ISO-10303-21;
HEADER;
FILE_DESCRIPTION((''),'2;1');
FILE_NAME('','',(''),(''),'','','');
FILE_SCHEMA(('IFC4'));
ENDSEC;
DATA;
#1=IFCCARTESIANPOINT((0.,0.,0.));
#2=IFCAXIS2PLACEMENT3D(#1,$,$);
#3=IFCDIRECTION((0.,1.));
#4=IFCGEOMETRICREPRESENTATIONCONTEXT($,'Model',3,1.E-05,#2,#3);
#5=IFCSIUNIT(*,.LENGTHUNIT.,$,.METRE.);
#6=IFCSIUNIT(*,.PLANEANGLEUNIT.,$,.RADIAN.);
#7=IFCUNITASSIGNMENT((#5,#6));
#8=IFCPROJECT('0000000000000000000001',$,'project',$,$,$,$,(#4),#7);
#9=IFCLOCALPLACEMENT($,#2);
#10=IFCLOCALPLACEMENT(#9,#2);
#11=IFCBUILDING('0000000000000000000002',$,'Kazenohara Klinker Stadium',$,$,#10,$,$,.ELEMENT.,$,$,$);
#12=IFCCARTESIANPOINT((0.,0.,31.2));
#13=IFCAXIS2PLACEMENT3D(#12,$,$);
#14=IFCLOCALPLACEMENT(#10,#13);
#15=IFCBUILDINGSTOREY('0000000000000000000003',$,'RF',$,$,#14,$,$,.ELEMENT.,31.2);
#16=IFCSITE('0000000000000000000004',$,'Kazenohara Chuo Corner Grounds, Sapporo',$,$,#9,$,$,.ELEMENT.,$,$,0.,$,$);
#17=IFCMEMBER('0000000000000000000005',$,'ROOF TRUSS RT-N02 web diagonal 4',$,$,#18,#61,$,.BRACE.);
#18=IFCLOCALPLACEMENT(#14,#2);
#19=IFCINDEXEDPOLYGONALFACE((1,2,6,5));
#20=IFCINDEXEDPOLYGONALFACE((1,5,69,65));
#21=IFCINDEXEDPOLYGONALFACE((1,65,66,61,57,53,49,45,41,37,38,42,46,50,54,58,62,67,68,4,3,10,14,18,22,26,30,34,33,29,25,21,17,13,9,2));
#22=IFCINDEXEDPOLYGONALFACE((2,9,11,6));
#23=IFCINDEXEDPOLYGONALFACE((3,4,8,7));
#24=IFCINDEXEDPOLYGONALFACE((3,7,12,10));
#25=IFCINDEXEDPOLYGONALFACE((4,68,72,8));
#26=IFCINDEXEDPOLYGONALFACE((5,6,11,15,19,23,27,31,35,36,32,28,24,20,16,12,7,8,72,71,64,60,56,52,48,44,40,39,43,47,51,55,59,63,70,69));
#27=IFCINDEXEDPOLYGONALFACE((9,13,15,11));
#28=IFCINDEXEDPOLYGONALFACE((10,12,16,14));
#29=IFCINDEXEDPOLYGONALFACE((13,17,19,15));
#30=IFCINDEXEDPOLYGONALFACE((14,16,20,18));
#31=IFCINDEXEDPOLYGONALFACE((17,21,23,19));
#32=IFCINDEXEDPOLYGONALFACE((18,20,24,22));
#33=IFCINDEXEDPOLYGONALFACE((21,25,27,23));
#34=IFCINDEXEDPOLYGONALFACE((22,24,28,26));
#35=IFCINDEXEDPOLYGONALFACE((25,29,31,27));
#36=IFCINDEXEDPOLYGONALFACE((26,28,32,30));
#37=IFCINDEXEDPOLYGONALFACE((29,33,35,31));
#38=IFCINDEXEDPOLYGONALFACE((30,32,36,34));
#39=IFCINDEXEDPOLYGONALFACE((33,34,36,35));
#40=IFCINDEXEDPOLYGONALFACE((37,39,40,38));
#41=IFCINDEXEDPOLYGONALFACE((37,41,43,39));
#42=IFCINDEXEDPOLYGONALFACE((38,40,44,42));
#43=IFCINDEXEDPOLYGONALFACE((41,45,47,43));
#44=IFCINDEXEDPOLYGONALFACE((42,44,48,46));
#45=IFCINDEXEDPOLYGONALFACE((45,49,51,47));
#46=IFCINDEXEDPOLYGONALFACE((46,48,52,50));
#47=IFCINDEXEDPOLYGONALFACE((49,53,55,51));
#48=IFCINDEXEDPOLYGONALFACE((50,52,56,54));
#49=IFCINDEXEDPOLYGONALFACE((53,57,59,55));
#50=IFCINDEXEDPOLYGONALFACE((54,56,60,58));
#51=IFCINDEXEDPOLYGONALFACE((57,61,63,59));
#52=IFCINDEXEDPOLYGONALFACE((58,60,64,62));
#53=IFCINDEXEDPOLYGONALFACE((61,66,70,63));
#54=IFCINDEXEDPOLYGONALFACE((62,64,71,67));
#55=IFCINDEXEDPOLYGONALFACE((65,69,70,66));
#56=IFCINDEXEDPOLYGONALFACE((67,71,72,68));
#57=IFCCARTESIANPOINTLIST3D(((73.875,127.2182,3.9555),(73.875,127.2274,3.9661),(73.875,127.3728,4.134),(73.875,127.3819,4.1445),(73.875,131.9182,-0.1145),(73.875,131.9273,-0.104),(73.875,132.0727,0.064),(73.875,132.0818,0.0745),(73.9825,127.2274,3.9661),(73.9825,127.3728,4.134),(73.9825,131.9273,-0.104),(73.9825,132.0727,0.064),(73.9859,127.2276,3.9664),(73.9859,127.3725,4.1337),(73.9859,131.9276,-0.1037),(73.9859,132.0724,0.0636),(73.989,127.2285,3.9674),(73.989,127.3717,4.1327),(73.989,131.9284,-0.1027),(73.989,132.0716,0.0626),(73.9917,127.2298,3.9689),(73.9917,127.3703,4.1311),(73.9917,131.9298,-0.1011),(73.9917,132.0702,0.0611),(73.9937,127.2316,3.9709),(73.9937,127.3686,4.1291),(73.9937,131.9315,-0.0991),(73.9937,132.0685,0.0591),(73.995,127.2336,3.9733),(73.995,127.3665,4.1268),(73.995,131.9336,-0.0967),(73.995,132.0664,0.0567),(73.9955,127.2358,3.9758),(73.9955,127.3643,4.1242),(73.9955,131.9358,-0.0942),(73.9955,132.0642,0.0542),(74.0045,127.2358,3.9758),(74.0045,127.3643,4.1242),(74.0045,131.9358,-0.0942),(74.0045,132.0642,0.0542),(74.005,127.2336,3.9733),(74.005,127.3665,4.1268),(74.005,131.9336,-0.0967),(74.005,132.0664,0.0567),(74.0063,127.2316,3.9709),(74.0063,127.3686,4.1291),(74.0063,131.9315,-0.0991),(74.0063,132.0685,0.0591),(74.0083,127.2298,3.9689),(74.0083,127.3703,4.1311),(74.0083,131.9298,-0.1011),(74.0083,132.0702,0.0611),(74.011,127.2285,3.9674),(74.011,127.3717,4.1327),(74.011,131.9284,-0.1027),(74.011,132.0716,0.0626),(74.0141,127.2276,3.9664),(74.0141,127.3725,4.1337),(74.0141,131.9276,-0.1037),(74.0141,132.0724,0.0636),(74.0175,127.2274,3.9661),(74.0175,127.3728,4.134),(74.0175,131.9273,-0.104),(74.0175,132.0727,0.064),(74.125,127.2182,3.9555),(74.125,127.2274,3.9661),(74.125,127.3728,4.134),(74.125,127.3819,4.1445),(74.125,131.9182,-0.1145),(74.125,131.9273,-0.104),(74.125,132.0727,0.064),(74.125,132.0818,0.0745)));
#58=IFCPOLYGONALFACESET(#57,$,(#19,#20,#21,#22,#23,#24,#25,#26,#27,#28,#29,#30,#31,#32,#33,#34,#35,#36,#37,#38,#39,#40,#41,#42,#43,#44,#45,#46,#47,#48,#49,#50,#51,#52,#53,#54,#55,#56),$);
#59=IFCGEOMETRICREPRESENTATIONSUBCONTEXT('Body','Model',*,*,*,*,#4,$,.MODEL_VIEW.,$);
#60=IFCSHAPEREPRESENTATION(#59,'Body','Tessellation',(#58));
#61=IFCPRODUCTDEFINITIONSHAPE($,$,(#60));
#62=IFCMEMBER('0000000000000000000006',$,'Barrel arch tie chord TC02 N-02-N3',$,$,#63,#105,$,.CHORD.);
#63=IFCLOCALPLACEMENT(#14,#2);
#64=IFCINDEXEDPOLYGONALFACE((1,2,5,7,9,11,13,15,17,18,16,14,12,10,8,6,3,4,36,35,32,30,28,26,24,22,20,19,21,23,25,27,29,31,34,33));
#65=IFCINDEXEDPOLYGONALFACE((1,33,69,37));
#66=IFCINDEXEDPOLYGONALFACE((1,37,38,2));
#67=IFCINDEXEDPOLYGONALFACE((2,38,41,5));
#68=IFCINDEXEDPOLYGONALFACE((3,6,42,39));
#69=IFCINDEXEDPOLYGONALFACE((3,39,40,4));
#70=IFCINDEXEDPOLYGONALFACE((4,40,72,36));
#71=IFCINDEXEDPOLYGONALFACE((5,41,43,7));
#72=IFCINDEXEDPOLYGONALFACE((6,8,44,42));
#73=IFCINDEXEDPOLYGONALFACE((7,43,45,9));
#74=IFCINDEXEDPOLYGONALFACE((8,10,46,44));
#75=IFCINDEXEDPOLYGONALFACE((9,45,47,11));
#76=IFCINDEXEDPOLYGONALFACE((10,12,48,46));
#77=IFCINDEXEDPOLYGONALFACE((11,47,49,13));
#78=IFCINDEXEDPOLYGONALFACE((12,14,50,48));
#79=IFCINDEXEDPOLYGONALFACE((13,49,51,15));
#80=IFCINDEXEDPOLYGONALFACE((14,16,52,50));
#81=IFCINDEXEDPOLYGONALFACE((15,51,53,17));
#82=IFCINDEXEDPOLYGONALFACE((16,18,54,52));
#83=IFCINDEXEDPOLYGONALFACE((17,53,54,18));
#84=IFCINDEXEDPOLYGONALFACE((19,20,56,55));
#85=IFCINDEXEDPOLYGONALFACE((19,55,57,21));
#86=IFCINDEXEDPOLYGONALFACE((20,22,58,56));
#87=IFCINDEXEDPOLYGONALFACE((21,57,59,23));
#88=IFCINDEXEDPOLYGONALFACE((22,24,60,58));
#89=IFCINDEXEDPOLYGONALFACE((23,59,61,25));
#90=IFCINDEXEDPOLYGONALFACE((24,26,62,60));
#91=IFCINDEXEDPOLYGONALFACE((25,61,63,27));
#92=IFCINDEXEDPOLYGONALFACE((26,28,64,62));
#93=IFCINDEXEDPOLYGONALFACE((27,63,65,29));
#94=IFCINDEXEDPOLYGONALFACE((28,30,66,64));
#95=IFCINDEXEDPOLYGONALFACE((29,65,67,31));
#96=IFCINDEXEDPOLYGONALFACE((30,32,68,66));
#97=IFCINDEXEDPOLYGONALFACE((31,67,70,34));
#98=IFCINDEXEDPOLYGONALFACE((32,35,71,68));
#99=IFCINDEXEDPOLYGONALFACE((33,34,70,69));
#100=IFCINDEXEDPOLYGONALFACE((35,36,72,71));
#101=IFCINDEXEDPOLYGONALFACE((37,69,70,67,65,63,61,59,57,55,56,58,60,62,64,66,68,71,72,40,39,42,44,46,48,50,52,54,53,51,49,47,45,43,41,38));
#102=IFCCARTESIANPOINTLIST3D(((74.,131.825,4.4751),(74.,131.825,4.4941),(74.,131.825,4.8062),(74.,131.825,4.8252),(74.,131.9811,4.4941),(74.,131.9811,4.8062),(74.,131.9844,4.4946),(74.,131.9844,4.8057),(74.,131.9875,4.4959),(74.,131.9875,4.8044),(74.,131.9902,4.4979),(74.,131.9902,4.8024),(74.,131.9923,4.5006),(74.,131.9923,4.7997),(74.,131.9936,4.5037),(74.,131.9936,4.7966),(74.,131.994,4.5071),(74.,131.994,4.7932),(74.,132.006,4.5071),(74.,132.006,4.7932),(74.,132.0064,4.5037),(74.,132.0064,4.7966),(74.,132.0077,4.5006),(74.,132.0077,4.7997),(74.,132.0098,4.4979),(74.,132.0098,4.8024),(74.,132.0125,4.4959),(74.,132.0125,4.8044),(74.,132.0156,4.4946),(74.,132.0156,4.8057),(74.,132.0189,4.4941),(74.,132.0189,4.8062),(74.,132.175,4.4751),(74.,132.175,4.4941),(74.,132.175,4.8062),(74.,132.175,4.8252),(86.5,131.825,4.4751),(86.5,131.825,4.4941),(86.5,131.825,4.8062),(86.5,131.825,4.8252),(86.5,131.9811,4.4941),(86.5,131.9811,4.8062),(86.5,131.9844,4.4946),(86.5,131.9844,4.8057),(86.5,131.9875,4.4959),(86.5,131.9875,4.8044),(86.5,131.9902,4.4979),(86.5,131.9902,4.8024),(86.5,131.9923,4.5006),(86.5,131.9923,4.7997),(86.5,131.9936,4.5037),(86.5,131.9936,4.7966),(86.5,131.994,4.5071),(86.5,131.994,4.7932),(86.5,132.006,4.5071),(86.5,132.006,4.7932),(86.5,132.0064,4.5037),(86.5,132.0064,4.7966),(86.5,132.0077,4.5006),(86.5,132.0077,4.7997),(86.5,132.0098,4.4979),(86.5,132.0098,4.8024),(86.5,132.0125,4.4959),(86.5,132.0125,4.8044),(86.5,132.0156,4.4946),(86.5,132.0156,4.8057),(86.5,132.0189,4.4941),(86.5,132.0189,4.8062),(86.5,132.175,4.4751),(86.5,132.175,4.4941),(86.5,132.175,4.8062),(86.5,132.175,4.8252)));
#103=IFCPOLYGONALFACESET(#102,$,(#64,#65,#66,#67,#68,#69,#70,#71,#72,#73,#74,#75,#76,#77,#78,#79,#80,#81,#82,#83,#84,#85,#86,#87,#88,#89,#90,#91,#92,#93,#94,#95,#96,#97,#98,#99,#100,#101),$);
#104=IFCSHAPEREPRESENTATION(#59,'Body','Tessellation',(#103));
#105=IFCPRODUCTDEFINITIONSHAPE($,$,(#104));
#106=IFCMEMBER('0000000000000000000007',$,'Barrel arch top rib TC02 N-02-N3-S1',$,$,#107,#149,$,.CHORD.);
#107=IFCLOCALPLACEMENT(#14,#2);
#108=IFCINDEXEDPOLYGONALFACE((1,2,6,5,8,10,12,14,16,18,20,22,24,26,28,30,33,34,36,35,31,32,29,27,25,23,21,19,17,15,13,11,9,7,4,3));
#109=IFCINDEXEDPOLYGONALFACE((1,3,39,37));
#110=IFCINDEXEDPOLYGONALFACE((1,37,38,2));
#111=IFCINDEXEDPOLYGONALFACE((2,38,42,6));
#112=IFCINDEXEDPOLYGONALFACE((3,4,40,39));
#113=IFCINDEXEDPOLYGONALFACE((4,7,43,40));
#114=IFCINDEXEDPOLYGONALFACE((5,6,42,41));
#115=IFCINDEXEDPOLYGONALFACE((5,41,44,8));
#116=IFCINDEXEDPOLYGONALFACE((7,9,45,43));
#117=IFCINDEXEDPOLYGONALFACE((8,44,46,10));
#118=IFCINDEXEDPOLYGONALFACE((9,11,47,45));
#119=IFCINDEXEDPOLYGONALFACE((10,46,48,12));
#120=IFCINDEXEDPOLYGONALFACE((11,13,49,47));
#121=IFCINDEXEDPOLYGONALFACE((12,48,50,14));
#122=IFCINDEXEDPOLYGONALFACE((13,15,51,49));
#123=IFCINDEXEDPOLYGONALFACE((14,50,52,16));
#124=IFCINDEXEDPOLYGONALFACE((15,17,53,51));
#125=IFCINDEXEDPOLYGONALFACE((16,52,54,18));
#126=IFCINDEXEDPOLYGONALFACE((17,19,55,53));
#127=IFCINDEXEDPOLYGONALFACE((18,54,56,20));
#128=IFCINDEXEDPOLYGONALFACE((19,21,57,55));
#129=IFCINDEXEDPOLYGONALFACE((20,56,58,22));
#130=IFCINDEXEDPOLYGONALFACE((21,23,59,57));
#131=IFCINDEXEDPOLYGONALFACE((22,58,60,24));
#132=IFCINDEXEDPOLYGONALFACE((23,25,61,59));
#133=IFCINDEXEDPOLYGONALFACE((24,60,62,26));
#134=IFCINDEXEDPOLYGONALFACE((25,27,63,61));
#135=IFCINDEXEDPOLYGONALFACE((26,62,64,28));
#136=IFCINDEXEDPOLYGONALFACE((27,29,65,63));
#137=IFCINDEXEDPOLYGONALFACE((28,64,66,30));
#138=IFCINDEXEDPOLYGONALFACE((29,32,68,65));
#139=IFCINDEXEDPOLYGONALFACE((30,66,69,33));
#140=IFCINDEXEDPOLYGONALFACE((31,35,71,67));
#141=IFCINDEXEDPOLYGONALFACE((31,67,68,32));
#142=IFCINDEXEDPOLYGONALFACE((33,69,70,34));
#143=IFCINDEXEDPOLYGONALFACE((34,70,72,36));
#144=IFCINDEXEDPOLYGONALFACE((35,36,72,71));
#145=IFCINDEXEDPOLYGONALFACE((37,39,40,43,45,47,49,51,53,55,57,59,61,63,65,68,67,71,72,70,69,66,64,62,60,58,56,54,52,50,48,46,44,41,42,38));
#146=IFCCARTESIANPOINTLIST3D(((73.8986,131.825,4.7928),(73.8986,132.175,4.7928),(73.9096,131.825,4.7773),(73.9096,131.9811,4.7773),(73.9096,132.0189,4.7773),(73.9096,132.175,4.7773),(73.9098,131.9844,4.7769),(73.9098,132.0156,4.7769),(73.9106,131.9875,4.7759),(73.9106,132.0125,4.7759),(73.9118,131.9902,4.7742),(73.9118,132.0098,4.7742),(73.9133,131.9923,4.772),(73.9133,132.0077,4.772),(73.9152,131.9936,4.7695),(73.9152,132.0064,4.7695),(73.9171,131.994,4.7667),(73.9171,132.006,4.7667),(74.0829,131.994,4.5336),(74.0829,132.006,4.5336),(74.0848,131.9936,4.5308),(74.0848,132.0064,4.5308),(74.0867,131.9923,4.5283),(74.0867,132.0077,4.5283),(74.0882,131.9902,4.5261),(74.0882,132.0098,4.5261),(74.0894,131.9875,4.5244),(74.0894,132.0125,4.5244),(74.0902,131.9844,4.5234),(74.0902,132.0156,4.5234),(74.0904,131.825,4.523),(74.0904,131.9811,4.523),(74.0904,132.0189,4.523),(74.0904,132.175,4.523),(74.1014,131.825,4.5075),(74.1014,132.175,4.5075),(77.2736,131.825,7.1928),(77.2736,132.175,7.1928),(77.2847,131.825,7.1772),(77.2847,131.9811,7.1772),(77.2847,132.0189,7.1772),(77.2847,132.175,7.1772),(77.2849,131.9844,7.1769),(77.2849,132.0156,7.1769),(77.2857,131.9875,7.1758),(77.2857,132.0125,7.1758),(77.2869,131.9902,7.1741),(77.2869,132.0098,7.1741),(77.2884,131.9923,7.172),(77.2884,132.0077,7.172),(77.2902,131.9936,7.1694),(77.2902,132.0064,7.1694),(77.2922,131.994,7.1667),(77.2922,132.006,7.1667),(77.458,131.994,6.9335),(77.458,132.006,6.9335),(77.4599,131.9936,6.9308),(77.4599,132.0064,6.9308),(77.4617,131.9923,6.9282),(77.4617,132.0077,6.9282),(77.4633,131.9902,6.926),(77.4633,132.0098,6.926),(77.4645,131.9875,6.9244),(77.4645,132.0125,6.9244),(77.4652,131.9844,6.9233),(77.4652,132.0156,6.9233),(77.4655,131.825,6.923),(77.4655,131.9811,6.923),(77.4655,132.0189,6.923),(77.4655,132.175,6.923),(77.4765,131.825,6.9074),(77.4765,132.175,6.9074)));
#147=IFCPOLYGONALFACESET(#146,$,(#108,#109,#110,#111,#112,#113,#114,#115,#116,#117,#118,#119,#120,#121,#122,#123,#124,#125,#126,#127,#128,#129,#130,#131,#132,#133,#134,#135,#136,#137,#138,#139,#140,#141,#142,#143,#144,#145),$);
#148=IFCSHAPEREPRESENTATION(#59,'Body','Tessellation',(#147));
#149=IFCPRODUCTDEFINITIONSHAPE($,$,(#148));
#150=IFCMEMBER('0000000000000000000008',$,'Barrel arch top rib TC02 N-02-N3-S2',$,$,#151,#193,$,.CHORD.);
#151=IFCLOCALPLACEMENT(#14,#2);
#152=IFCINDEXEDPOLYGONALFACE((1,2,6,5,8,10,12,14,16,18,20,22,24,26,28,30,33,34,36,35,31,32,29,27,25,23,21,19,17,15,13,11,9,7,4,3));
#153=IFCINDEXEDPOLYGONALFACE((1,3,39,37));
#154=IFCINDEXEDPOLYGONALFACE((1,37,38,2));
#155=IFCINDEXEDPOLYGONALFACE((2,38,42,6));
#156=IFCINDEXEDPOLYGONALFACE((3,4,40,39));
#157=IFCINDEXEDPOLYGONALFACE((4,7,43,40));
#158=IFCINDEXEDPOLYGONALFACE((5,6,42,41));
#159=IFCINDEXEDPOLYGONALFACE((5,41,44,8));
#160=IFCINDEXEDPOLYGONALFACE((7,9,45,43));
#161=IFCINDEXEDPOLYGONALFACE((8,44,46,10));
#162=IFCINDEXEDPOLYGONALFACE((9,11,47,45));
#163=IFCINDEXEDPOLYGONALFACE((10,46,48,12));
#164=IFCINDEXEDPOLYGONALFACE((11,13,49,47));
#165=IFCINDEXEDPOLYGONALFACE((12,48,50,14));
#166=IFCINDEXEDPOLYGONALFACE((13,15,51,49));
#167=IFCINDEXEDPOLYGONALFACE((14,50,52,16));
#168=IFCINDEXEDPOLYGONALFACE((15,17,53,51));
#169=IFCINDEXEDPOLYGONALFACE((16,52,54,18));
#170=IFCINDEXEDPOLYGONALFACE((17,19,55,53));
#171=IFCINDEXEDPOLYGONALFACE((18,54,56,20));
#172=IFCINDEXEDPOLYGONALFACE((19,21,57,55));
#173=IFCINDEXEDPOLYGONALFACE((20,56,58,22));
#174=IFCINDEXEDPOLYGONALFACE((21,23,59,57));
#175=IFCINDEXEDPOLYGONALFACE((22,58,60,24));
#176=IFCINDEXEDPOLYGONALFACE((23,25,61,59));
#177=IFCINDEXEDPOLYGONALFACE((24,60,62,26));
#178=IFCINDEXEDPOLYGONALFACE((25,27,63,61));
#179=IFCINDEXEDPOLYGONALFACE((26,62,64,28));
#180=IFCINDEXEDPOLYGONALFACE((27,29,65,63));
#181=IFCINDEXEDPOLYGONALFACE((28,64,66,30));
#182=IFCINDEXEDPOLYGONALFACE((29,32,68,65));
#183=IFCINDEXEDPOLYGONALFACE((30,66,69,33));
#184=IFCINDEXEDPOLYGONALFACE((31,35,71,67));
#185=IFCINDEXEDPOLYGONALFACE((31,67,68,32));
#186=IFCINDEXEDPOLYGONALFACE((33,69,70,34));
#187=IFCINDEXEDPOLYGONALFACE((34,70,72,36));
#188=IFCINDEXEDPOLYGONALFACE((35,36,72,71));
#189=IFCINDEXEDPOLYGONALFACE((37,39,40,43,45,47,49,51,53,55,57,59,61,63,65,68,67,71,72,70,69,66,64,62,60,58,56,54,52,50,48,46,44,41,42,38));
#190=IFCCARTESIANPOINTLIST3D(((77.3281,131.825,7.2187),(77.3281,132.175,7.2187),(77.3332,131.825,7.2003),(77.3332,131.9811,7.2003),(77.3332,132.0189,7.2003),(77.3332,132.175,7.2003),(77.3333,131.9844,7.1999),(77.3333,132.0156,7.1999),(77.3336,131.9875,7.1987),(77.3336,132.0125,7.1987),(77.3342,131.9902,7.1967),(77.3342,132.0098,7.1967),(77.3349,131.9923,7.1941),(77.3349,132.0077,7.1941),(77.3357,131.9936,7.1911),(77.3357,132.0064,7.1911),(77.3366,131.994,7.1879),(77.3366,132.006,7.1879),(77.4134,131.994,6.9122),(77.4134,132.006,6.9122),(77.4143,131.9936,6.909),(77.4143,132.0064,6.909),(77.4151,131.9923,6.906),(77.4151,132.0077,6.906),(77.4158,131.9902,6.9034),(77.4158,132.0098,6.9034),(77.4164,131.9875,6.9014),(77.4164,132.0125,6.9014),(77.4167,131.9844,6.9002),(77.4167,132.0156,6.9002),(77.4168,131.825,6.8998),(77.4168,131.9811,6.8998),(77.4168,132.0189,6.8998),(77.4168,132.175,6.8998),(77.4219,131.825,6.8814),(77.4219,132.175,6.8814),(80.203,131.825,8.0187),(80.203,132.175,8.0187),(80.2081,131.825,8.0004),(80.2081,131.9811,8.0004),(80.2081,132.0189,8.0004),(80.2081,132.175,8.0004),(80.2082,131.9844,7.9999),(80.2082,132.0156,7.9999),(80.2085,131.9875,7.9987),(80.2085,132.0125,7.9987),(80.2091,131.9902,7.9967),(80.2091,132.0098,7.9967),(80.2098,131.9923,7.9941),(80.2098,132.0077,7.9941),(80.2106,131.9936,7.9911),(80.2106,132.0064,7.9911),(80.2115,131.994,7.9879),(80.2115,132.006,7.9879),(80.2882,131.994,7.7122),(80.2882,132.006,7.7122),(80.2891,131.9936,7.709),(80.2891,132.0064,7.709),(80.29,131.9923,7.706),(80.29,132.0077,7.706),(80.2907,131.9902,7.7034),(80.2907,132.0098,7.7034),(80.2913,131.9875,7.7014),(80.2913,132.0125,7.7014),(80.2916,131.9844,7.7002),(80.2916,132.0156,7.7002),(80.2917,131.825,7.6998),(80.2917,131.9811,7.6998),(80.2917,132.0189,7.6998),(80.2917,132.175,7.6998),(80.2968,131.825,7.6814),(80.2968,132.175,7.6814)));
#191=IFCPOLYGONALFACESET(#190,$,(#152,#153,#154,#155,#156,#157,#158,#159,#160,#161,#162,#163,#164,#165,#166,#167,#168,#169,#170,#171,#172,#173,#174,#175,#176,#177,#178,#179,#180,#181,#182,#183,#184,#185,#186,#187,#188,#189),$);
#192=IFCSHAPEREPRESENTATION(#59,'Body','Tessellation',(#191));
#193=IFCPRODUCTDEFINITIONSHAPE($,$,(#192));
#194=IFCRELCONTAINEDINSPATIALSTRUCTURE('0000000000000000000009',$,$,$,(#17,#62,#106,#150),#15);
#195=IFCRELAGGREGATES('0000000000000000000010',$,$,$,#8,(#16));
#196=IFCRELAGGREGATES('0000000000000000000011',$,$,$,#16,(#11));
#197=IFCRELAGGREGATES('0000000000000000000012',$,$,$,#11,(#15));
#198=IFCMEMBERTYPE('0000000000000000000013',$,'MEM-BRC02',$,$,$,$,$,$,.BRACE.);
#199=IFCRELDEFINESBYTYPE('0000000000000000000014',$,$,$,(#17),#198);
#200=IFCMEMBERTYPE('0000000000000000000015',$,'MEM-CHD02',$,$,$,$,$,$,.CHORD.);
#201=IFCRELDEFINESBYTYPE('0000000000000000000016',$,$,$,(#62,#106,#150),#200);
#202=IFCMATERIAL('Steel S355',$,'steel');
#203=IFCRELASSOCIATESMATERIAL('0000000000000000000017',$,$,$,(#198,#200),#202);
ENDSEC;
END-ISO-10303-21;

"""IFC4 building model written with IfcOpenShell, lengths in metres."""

from ifc_helpers import new_model, si_unit, direction, frame, origin, origin_2d, place, context, subcontext, project, spatial, i_section, extrude, material, material_profile, profile_set, type_object, element, save


model = new_model("IFC4")

# Units and contexts
model_context = context("Model", 3, precision=1e-05, world=origin(), true_north=direction((0.0, 1.0)))
body_context = subcontext(model_context, "Body", "Model", "MODEL_VIEW")
ifc_project = project(units=[si_unit("LENGTHUNIT", "METRE"), si_unit("PLANEANGLEUNIT", "RADIAN")], contexts=[model_context])

# Site, building, storey
site_placement = place(None, origin())
site = spatial("IfcSite", under=ifc_project, at=site_placement, Name="Kazenohara Chuo Corner Grounds, Sapporo", CompositionType="ELEMENT", RefElevation=0.0)
building_placement = place(site_placement, origin())
building = spatial("IfcBuilding", under=site, at=building_placement, Name="Kazenohara Klinker Stadium", CompositionType="ELEMENT")
storey_placement = place(building_placement, frame((0.0, 0.0, 31.2)))
storey = spatial("IfcBuildingStorey", under=building, at=storey_placement, Name="RF", CompositionType="ELEMENT", Elevation=31.2)

# Members
ifc_material_1 = material(Name="Steel S355", Category="steel")
ifc_material_profile_1 = material_profile(ifc_material_1, i_section(OverallWidth=0.25, OverallDepth=0.25, WebThickness=0.009, FlangeThickness=0.0139, FilletRadius=0.0129, at=origin_2d()), Name="H-250x250x9x14")
ifc_profile_set_1 = profile_set([ifc_material_profile_1], Name="Steel S355")
member_type_1 = type_object("IfcMemberType", Name="MEM-BRC02", PredefinedType="BRACE", material=ifc_profile_set_1)
member_1_placement = place(storey_placement, frame((74.0, 132.0, -0.02), z_axis=(0.0, -0.755946, 0.654634), x_axis=(1.0, 0.0, 0.0)))
element("IfcMember", 1, at=member_1_placement, inside=storey, type_object=member_type_1, Name="ROOF TRUSS RT-N02 web diagonal 4", PredefinedType="BRACE", context=body_context, shape_type="SweptSolid", body=[
    extrude(i_section(OverallWidth=0.25, OverallDepth=0.25, WebThickness=0.009, FlangeThickness=0.0139, FilletRadius=0.0129, at=origin_2d()), origin(), (0.0, 0.0, 1.0), 6.2173),
])
ifc_material_profile_2 = material_profile(ifc_material_1, i_section(OverallWidth=0.3501, OverallDepth=0.3501, WebThickness=0.012, FlangeThickness=0.019, FilletRadius=0.0129, at=origin_2d()), Name="H-350x350x12x19")
ifc_profile_set_2 = profile_set([ifc_material_profile_2], Name="Steel S355")
member_type_2 = type_object("IfcMemberType", Name="MEM-CHD02", PredefinedType="CHORD", material=ifc_profile_set_2)
member_2_placement = place(storey_placement, frame((74.0, 132.0, 4.6501), z_axis=(1.0, 0.0, 0.0), x_axis=(0.0, 1.0, 0.0)))
element("IfcMember", 2, at=member_2_placement, inside=storey, type_object=member_type_2, Name="Barrel arch tie chord TC02 N-02-N3", PredefinedType="CHORD", context=body_context, shape_type="SweptSolid", body=[
    extrude(i_section(OverallWidth=0.3501, OverallDepth=0.3501, WebThickness=0.012, FlangeThickness=0.019, FilletRadius=0.0129, at=origin_2d()), origin(), (0.0, 0.0, 1.0), 12.5),
])
member_3_placement = place(storey_placement, frame((74.0, 132.0, 4.6501), z_axis=(0.814966, 0.0, 0.579508), x_axis=(0.0, 1.0, 0.0)))
element("IfcMember", 3, at=member_3_placement, inside=storey, type_object=member_type_2, Name="Barrel arch top rib TC02 N-02-N3-S1", PredefinedType="CHORD", context=body_context, shape_type="SweptSolid", body=[
    extrude(i_section(OverallWidth=0.3501, OverallDepth=0.3501, WebThickness=0.012, FlangeThickness=0.019, FilletRadius=0.0129, at=origin_2d()), origin(), (0.0, 0.0, 1.0), 4.1414),
])
for number, where, z_axis, x_axis, name in (
    (4, (77.375, 132.0, 7.05), (0.963394, 0.0, 0.268091), (0.0, 1.0, 0.0), "Barrel arch top rib TC02 N-02-N3-S2"),
):
    element("IfcMember", number, at=place(storey_placement, frame(where, z_axis=z_axis, x_axis=x_axis)), inside=storey, type_object=member_type_2, Name=name, PredefinedType="CHORD", context=body_context, shape_type="SweptSolid", body=[
        extrude(i_section(OverallWidth=0.3501, OverallDepth=0.3501, WebThickness=0.012, FlangeThickness=0.019, FilletRadius=0.0129, at=origin_2d()), origin(), (0.0, 0.0, 1.0), 2.9841),
    ])

save(model, "model.ifc")
